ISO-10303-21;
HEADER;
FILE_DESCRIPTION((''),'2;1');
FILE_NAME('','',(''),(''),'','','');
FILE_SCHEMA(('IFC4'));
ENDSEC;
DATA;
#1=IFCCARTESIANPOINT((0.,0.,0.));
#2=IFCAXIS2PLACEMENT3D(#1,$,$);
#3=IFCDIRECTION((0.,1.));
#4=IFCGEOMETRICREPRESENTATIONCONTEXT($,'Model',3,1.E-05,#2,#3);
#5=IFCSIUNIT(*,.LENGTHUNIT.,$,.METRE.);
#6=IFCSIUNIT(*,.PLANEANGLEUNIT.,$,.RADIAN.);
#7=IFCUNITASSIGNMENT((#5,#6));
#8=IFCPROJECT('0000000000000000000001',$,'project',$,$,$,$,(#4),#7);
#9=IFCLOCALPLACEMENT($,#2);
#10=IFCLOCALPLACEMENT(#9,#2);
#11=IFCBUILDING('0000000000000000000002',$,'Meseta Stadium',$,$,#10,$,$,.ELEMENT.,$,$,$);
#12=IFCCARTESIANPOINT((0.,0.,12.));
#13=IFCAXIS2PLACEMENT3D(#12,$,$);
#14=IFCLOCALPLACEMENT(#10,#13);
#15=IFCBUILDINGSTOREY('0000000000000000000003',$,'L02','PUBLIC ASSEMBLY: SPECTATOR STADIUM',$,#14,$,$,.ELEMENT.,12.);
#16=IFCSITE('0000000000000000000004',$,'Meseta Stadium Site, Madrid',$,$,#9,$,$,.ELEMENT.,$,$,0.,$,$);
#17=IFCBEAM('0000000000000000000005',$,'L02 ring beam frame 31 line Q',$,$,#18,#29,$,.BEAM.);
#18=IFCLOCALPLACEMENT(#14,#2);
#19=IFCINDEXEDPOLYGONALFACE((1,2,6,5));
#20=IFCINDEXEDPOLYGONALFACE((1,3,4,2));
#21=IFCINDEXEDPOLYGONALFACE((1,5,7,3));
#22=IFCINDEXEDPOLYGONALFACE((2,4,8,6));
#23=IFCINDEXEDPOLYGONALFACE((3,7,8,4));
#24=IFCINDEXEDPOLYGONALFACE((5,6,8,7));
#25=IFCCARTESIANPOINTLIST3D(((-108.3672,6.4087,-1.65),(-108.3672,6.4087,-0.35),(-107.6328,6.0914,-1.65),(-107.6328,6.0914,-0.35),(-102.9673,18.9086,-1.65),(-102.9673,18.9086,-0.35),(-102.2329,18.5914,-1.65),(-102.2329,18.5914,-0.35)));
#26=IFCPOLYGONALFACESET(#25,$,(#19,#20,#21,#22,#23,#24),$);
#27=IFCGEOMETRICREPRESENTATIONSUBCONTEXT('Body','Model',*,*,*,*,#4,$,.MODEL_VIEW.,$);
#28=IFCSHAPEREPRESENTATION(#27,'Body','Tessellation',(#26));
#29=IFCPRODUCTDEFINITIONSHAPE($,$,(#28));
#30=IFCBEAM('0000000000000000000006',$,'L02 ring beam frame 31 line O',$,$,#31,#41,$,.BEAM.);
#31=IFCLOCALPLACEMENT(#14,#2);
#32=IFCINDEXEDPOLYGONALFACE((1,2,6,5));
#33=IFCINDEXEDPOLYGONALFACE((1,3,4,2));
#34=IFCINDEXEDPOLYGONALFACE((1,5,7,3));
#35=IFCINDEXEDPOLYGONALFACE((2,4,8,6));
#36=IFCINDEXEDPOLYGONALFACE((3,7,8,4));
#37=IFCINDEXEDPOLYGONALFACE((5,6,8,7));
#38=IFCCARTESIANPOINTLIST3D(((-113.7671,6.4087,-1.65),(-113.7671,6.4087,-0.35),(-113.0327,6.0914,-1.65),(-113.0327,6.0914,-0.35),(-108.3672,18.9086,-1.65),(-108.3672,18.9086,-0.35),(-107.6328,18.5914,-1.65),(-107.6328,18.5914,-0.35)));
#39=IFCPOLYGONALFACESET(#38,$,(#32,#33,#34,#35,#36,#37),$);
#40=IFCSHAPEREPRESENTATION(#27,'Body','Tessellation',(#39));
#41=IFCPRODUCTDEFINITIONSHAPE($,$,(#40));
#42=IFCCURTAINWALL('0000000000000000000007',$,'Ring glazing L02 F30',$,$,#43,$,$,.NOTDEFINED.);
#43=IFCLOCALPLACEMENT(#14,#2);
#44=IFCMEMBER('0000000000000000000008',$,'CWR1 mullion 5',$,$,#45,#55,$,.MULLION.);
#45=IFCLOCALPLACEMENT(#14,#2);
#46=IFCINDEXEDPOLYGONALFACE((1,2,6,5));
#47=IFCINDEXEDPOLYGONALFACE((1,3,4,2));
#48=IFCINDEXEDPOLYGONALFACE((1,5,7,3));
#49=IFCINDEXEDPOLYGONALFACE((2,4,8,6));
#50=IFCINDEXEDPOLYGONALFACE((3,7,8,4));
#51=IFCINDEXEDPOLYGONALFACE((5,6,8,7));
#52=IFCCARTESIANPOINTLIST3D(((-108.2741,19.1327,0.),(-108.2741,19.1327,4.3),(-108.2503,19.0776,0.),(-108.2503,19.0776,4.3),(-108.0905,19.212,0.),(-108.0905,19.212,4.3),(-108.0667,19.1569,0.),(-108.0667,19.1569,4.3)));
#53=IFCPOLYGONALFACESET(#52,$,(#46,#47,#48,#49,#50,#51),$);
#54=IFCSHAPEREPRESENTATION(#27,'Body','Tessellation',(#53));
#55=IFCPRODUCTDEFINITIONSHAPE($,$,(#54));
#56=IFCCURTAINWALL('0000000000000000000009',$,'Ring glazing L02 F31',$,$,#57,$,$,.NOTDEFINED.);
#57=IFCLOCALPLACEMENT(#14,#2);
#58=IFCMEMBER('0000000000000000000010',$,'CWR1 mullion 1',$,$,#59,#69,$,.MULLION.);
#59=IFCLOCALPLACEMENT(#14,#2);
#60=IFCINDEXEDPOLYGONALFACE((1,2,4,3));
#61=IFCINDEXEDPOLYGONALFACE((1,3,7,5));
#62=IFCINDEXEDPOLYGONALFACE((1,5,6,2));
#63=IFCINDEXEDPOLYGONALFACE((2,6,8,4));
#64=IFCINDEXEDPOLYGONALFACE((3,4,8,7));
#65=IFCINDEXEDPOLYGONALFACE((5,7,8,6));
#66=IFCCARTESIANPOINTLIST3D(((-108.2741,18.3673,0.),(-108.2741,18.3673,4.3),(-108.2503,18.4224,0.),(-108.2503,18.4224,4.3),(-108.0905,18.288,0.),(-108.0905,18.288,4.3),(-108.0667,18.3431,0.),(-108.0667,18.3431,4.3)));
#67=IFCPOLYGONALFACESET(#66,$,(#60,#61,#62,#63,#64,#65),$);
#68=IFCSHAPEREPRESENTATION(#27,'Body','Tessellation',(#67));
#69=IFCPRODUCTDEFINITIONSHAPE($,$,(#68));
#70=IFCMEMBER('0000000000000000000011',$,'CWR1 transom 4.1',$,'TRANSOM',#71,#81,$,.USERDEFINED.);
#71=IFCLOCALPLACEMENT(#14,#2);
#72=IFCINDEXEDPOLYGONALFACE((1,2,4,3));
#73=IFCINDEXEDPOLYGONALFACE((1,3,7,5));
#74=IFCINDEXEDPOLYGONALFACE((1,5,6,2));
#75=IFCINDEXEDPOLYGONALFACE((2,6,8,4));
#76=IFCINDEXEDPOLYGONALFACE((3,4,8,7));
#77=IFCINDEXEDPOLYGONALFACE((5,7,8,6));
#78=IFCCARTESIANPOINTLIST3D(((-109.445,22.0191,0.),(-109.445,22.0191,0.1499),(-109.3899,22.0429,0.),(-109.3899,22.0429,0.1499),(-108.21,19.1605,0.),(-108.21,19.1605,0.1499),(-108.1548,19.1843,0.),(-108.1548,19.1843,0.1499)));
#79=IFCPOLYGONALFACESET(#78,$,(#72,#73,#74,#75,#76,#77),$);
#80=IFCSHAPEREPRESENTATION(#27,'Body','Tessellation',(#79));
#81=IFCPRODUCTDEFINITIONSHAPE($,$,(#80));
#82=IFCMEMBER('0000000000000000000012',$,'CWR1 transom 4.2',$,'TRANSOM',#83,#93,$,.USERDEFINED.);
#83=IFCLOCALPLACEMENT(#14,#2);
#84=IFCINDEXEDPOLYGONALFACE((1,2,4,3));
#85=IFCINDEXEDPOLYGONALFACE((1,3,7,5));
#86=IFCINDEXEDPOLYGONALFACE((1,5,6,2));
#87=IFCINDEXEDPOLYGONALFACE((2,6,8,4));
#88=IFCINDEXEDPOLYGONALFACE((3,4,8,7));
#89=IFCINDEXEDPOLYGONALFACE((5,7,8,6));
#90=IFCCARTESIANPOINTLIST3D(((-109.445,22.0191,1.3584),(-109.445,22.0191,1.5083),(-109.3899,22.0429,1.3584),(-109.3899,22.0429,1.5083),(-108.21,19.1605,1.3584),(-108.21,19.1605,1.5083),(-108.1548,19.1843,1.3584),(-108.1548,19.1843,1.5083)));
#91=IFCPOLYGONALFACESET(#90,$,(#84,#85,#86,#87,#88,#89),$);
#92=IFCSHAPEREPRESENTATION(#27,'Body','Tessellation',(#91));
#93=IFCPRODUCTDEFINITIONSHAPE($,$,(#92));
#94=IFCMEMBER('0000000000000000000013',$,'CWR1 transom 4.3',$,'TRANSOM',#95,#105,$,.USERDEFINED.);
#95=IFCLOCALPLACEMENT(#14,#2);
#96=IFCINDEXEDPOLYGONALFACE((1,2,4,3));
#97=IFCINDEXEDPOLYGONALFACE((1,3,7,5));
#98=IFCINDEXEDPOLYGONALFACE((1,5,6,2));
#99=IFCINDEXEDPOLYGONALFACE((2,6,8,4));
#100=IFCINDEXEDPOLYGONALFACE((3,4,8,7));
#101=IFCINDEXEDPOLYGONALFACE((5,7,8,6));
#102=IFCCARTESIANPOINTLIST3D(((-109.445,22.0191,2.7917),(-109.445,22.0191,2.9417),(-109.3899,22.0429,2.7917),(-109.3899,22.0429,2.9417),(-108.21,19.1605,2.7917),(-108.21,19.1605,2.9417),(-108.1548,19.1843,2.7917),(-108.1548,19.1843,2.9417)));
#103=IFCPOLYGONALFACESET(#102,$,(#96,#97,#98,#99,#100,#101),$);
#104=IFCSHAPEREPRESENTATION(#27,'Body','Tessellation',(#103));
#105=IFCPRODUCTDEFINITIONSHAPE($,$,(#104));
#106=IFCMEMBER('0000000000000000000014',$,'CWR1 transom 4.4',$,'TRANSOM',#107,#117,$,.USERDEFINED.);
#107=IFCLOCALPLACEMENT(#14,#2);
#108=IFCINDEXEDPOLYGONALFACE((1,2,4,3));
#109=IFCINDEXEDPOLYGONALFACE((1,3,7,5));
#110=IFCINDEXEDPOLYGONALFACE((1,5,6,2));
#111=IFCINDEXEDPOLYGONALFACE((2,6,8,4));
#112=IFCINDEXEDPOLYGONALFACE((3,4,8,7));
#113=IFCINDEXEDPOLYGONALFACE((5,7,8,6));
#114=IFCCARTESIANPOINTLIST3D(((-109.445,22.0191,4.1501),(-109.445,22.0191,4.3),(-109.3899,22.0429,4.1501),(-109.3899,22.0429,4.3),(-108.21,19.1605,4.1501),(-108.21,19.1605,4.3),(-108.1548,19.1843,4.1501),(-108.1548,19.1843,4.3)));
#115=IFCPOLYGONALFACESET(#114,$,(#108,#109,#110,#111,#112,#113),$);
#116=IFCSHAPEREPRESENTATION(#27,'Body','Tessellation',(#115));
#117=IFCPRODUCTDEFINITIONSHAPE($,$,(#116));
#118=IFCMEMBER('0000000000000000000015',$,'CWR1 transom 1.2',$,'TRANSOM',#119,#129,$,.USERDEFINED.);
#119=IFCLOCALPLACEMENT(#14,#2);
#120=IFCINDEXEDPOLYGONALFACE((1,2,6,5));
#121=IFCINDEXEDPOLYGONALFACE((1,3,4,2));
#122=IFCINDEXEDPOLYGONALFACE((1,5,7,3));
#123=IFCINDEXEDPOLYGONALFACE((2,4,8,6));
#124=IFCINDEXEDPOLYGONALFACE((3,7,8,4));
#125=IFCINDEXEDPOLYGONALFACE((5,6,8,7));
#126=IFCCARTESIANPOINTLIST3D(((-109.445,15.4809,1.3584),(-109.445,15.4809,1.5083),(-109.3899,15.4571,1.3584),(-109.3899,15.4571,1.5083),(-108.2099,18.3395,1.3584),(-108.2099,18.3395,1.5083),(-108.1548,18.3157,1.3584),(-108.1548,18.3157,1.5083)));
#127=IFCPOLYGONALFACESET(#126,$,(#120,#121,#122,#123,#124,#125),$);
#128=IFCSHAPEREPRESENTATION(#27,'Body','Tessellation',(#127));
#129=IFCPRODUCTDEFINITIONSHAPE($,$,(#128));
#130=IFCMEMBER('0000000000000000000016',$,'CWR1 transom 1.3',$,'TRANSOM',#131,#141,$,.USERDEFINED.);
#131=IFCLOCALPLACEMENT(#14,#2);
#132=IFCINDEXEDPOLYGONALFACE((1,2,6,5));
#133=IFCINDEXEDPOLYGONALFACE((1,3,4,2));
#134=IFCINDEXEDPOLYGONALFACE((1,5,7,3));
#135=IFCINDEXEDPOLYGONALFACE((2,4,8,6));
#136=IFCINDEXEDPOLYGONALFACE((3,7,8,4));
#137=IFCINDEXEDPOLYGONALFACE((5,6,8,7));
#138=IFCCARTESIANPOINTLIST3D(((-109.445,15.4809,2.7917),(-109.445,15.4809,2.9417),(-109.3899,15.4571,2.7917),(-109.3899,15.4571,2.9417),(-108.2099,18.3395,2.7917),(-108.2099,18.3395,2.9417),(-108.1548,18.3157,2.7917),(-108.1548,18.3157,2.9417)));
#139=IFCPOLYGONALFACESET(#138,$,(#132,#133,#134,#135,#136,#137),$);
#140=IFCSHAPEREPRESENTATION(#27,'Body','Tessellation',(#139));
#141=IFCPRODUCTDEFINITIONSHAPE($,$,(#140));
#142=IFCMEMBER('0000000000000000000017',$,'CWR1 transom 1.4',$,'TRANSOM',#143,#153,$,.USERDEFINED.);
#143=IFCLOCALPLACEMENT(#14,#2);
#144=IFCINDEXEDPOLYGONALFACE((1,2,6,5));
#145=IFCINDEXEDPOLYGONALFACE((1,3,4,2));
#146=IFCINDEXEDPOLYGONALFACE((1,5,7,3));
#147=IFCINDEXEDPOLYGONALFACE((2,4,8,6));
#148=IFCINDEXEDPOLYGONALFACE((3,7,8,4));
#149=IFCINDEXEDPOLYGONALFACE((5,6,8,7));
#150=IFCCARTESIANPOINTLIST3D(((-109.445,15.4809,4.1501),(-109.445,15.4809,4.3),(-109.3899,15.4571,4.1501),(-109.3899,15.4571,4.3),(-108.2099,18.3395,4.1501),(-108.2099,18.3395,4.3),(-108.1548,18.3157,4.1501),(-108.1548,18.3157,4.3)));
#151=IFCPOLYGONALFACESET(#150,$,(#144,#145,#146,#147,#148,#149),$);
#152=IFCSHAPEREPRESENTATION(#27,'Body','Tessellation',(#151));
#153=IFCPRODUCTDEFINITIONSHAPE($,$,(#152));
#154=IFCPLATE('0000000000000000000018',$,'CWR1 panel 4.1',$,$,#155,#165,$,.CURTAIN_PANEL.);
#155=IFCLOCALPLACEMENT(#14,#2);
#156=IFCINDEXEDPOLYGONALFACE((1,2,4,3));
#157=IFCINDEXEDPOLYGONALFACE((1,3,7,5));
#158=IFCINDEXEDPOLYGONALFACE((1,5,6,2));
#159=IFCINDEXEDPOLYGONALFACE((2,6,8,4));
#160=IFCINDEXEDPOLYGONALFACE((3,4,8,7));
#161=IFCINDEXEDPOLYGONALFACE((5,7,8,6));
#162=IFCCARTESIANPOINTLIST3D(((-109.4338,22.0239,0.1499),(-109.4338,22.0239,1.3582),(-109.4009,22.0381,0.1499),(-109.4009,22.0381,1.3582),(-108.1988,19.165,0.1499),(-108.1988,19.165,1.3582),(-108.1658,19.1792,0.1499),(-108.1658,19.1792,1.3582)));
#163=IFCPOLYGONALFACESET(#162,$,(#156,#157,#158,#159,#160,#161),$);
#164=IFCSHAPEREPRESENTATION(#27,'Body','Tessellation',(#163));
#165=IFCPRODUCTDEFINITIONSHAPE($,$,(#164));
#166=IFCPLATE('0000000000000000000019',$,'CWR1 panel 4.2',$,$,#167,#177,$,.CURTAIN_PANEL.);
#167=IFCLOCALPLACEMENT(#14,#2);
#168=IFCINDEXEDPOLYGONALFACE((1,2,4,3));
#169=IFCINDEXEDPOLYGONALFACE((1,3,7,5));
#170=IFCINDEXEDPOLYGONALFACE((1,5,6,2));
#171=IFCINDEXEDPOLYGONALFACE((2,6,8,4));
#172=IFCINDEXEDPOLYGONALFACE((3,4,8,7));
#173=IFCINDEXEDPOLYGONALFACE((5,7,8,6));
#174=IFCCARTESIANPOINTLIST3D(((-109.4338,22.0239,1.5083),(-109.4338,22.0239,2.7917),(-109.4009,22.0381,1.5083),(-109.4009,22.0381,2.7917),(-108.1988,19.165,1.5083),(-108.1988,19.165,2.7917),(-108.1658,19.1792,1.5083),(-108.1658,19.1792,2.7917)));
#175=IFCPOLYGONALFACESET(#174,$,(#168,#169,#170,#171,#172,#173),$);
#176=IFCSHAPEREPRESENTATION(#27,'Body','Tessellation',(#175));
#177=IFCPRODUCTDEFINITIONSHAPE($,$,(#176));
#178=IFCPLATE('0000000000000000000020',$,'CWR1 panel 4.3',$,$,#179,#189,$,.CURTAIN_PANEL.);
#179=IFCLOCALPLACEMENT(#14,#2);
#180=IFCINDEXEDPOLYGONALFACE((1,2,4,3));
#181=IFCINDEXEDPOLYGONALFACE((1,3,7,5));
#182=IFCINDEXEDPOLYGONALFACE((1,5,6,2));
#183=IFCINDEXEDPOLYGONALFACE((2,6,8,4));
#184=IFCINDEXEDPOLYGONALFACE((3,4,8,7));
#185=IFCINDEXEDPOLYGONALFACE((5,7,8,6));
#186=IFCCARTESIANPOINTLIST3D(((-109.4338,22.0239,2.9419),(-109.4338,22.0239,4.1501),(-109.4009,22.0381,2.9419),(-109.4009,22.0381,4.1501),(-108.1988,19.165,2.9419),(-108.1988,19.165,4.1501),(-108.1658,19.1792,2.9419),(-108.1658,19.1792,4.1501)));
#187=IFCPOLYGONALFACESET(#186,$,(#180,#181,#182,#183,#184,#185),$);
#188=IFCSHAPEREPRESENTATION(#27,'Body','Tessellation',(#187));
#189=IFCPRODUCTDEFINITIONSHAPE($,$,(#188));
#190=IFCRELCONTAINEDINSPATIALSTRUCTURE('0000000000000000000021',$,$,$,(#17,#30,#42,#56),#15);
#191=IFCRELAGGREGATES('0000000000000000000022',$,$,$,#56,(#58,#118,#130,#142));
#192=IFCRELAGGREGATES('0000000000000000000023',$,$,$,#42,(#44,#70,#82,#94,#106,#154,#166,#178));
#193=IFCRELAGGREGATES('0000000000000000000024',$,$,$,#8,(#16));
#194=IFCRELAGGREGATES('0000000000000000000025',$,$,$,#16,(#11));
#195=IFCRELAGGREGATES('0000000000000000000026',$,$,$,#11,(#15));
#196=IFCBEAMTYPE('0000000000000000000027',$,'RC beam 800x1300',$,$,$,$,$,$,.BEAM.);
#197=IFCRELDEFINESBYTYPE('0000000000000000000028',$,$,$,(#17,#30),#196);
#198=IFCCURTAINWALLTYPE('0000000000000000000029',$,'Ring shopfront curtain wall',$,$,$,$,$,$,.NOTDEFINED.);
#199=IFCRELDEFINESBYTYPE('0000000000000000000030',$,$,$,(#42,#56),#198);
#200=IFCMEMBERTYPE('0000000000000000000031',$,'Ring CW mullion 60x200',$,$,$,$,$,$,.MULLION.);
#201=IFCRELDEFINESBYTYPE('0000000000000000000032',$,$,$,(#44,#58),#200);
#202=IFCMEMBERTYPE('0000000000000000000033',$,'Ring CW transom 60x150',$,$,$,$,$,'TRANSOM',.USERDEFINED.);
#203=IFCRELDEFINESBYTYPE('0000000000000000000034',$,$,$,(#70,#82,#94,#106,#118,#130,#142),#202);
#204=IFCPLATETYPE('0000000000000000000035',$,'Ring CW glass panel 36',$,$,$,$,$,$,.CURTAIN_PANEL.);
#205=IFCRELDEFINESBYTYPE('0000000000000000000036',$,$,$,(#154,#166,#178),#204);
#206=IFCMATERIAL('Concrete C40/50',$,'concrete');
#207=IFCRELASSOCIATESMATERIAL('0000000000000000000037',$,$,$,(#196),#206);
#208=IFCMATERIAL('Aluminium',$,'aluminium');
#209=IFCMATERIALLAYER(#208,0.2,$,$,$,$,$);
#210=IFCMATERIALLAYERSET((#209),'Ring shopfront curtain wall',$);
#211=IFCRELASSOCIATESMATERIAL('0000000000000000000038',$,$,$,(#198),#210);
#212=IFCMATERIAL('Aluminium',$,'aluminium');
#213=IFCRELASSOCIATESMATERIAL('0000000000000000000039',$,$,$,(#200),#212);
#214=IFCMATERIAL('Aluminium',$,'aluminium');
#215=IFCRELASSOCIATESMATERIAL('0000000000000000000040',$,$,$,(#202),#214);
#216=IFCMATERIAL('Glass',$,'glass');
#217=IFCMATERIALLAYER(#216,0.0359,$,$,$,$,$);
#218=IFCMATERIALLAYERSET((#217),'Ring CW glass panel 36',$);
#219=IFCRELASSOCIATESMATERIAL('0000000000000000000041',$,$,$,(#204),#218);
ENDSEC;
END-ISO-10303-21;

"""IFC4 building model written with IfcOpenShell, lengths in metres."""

from ifc_helpers import new_model, si_unit, direction, frame, origin, origin_2d, place, context, subcontext, project, spatial, rectangle, extrude, material, layer, layer_set, material_profile, profile_set, type_object, element, aggregate, save


model = new_model("IFC4")

# Units and contexts
model_context = context("Model", 3, precision=1e-05, world=origin(), true_north=direction((0.0, 1.0)))
body_context = subcontext(model_context, "Body", "Model", "MODEL_VIEW")
ifc_project = project(units=[si_unit("LENGTHUNIT", "METRE"), si_unit("PLANEANGLEUNIT", "RADIAN")], contexts=[model_context])

# Site, building, storey
site_placement = place(None, origin())
site = spatial("IfcSite", under=ifc_project, at=site_placement, Name="Meseta Stadium Site, Madrid", CompositionType="ELEMENT", RefElevation=0.0)
building_placement = place(site_placement, origin())
building = spatial("IfcBuilding", under=site, at=building_placement, Name="Meseta Stadium", CompositionType="ELEMENT")
storey_placement = place(building_placement, frame((0.0, 0.0, 12.0)))
storey = spatial("IfcBuildingStorey", under=building, at=storey_placement, Name="L02", Description="PUBLIC ASSEMBLY: SPECTATOR STADIUM", CompositionType="ELEMENT", Elevation=12.0)

# Beams
ifc_material_1 = material(Name="Concrete C40/50", Category="concrete")
ifc_material_profile_1 = material_profile(ifc_material_1, rectangle(XDim=0.8, YDim=1.3, at=origin_2d()), Name="RC 800x1300")
ifc_profile_set_1 = profile_set([ifc_material_profile_1], Name="Concrete C40/50")
beam_type_1 = type_object("IfcBeamType", Name="RC beam 800x1300", PredefinedType="BEAM", material=ifc_profile_set_1)
for number, where, z_axis, x_axis, name in (
    (1, (-102.6001, 18.75, -1.0), (-0.396571, -0.918004, 0.0), (0.918004, -0.396571, 0.0), "L02 ring beam frame 31 line Q"),
    (2, (-108.0, 18.75, -1.0), (-0.396571, -0.918004, 0.0), (0.918004, -0.396571, 0.0), "L02 ring beam frame 31 line O"),
):
    element("IfcBeam", number, at=place(storey_placement, frame(where, z_axis=z_axis, x_axis=x_axis)), inside=storey, type_object=beam_type_1, Name=name, PredefinedType="BEAM", context=body_context, shape_type="SweptSolid", body=[
        extrude(rectangle(XDim=0.8, YDim=1.3, at=origin_2d()), origin(), (0.0, 0.0, 1.0), 13.6165),
    ])

# Curtain walls, members
ifc_material_2 = material(Name="Aluminium", Category="aluminium")
ifc_layer_1 = layer(ifc_material_2, 0.2)
ifc_layer_set_1 = layer_set([ifc_layer_1], Name="Ring shopfront curtain wall")
curtain_wall_type = type_object("IfcCurtainWallType", Name="Ring shopfront curtain wall", PredefinedType="NOTDEFINED", material=ifc_layer_set_1)
curtain_wall_1_placement = place(storey_placement, origin())
curtain_wall_1 = element("IfcCurtainWall", 3, at=curtain_wall_1_placement, inside=storey, type_object=curtain_wall_type, Name="Ring glazing L02 F30", PredefinedType="NOTDEFINED")
ifc_material_3 = material(Name="Aluminium", Category="aluminium")
ifc_material_profile_2 = material_profile(ifc_material_3, rectangle(XDim=0.2, YDim=0.0601, at=origin_2d()), Name="CW 200x60")
ifc_profile_set_2 = profile_set([ifc_material_profile_2], Name="Aluminium")
member_type_1 = type_object("IfcMemberType", Name="Ring CW mullion 60x200", PredefinedType="MULLION", material=ifc_profile_set_2)
member_1_placement = place(storey_placement, frame((-108.1704, 19.1448, 0.0), z_axis=(0.0, 0.0, 1.0), x_axis=(0.918, 0.396581, 0.0)))
member_1 = element("IfcMember", 4, at=member_1_placement, type_object=member_type_1, Name="CWR1 mullion 5", PredefinedType="MULLION", context=body_context, shape_type="SweptSolid", body=[
    extrude(rectangle(XDim=0.2, YDim=0.0601, at=origin_2d()), origin(), (0.0, 0.0, 1.0), 4.3),
])
curtain_wall_2_placement = place(storey_placement, origin())
curtain_wall_2 = element("IfcCurtainWall", 5, at=curtain_wall_2_placement, inside=storey, type_object=curtain_wall_type, Name="Ring glazing L02 F31", PredefinedType="NOTDEFINED")
member_2_placement = place(storey_placement, frame((-108.1704, 18.3552, 0.0), z_axis=(0.0, 0.0, 1.0), x_axis=(0.918, -0.396581, 0.0)))
member_2 = element("IfcMember", 6, at=member_2_placement, type_object=member_type_1, Name="CWR1 mullion 1", PredefinedType="MULLION", context=body_context, shape_type="SweptSolid", body=[
    extrude(rectangle(XDim=0.2, YDim=0.0601, at=origin_2d()), origin(), (0.0, 0.0, 1.0), 4.3),
])

# Members
ifc_material_4 = material(Name="Aluminium", Category="aluminium")
ifc_material_profile_3 = material_profile(ifc_material_4, rectangle(XDim=0.0601, YDim=0.1499, at=origin_2d()), Name="CW 60x150")
ifc_profile_set_3 = profile_set([ifc_material_profile_3], Name="Aluminium")
member_type_2 = type_object("IfcMemberType", Name="Ring CW transom 60x150", ElementType="TRANSOM", PredefinedType="USERDEFINED", material=ifc_profile_set_3)
member_3_placement = place(storey_placement, frame((-109.4175, 22.031, 0.075), z_axis=(0.396624, -0.917981, 0.0), x_axis=(0.917981, 0.396624, 0.0)))
member_3 = element("IfcMember", 7, at=member_3_placement, type_object=member_type_2, Name="CWR1 transom 4.1", ObjectType="TRANSOM", PredefinedType="USERDEFINED", context=body_context, shape_type="SweptSolid", body=[
    extrude(rectangle(XDim=0.0601, YDim=0.1499, at=origin_2d()), origin(), (0.0, 0.0, 1.0), 3.114),
])
member_4_placement = place(storey_placement, frame((-109.4175, 22.031, 1.4333), z_axis=(0.396624, -0.917981, 0.0), x_axis=(0.917981, 0.396624, 0.0)))
member_4 = element("IfcMember", 8, at=member_4_placement, type_object=member_type_2, Name="CWR1 transom 4.2", ObjectType="TRANSOM", PredefinedType="USERDEFINED", context=body_context, shape_type="SweptSolid", body=[
    extrude(rectangle(XDim=0.0601, YDim=0.1499, at=origin_2d()), origin(), (0.0, 0.0, 1.0), 3.114),
])
member_5_placement = place(storey_placement, frame((-109.4175, 22.031, 2.8667), z_axis=(0.396624, -0.917981, 0.0), x_axis=(0.917981, 0.396624, 0.0)))
member_5 = element("IfcMember", 9, at=member_5_placement, type_object=member_type_2, Name="CWR1 transom 4.3", ObjectType="TRANSOM", PredefinedType="USERDEFINED", context=body_context, shape_type="SweptSolid", body=[
    extrude(rectangle(XDim=0.0601, YDim=0.1499, at=origin_2d()), origin(), (0.0, 0.0, 1.0), 3.114),
])
member_6_placement = place(storey_placement, frame((-109.4175, 22.031, 4.2251), z_axis=(0.396624, -0.917981, 0.0), x_axis=(0.917981, 0.396624, 0.0)))
member_6 = element("IfcMember", 10, at=member_6_placement, type_object=member_type_2, Name="CWR1 transom 4.4", ObjectType="TRANSOM", PredefinedType="USERDEFINED", context=body_context, shape_type="SweptSolid", body=[
    extrude(rectangle(XDim=0.0601, YDim=0.1499, at=origin_2d()), origin(), (0.0, 0.0, 1.0), 3.114),
])
member_7_placement = place(storey_placement, frame((-108.1824, 18.3276, 1.4333), z_axis=(-0.396624, -0.917981, 0.0), x_axis=(0.917981, -0.396624, 0.0)))
member_7 = element("IfcMember", 11, at=member_7_placement, type_object=member_type_2, Name="CWR1 transom 1.2", ObjectType="TRANSOM", PredefinedType="USERDEFINED", context=body_context, shape_type="SweptSolid", body=[
    extrude(rectangle(XDim=0.0601, YDim=0.1499, at=origin_2d()), origin(), (0.0, 0.0, 1.0), 3.114),
])
member_8_placement = place(storey_placement, frame((-108.1824, 18.3276, 2.8667), z_axis=(-0.396624, -0.917981, 0.0), x_axis=(0.917981, -0.396624, 0.0)))
member_8 = element("IfcMember", 12, at=member_8_placement, type_object=member_type_2, Name="CWR1 transom 1.3", ObjectType="TRANSOM", PredefinedType="USERDEFINED", context=body_context, shape_type="SweptSolid", body=[
    extrude(rectangle(XDim=0.0601, YDim=0.1499, at=origin_2d()), origin(), (0.0, 0.0, 1.0), 3.114),
])
member_9_placement = place(storey_placement, frame((-108.1824, 18.3276, 4.2251), z_axis=(-0.396624, -0.917981, 0.0), x_axis=(0.917981, -0.396624, 0.0)))
member_9 = element("IfcMember", 13, at=member_9_placement, type_object=member_type_2, Name="CWR1 transom 1.4", ObjectType="TRANSOM", PredefinedType="USERDEFINED", context=body_context, shape_type="SweptSolid", body=[
    extrude(rectangle(XDim=0.0601, YDim=0.1499, at=origin_2d()), origin(), (0.0, 0.0, 1.0), 3.114),
])
aggregate(curtain_wall_2, [member_2, member_7, member_8, member_9])

# Plates
ifc_material_5 = material(Name="Glass", Category="glass")
ifc_layer_2 = layer(ifc_material_5, 0.0359)
ifc_layer_set_2 = layer_set([ifc_layer_2], Name="Ring CW glass panel 36")
plate_type_1 = type_object("IfcPlateType", Name="Ring CW glass panel 36", PredefinedType="CURTAIN_PANEL", material=ifc_layer_set_2)
plate_1_placement = place(storey_placement, frame((-108.7998, 20.6016, 0.1499), z_axis=(0.0, 0.0, 1.0), x_axis=(0.396581, -0.918, 0.0)))
plate_1 = element("IfcPlate", 14, at=plate_1_placement, type_object=plate_type_1, Name="CWR1 panel 4.1", PredefinedType="CURTAIN_PANEL", context=body_context, shape_type="SweptSolid", body=[
    extrude(rectangle(XDim=3.1143, YDim=0.0359, at=origin_2d()), origin(), (0.0, 0.0, 1.0), 1.2083),
])
plate_2_placement = place(storey_placement, frame((-108.7998, 20.6016, 1.5083), z_axis=(0.0, 0.0, 1.0), x_axis=(0.396581, -0.918, 0.0)))
plate_2 = element("IfcPlate", 15, at=plate_2_placement, type_object=plate_type_1, Name="CWR1 panel 4.2", PredefinedType="CURTAIN_PANEL", context=body_context, shape_type="SweptSolid", body=[
    extrude(rectangle(XDim=3.1143, YDim=0.0359, at=origin_2d()), origin(), (0.0, 0.0, 1.0), 1.2834),
])
plate_3_placement = place(storey_placement, frame((-108.7998, 20.6016, 2.9419), z_axis=(0.0, 0.0, 1.0), x_axis=(0.396581, -0.918, 0.0)))
plate_3 = element("IfcPlate", 16, at=plate_3_placement, type_object=plate_type_1, Name="CWR1 panel 4.3", PredefinedType="CURTAIN_PANEL", context=body_context, shape_type="SweptSolid", body=[
    extrude(rectangle(XDim=3.1143, YDim=0.0359, at=origin_2d()), origin(), (0.0, 0.0, 1.0), 1.2083),
])
aggregate(curtain_wall_1, [member_1, member_3, member_4, member_5, member_6, plate_1, plate_2, plate_3])

save(model, "model.ifc")
